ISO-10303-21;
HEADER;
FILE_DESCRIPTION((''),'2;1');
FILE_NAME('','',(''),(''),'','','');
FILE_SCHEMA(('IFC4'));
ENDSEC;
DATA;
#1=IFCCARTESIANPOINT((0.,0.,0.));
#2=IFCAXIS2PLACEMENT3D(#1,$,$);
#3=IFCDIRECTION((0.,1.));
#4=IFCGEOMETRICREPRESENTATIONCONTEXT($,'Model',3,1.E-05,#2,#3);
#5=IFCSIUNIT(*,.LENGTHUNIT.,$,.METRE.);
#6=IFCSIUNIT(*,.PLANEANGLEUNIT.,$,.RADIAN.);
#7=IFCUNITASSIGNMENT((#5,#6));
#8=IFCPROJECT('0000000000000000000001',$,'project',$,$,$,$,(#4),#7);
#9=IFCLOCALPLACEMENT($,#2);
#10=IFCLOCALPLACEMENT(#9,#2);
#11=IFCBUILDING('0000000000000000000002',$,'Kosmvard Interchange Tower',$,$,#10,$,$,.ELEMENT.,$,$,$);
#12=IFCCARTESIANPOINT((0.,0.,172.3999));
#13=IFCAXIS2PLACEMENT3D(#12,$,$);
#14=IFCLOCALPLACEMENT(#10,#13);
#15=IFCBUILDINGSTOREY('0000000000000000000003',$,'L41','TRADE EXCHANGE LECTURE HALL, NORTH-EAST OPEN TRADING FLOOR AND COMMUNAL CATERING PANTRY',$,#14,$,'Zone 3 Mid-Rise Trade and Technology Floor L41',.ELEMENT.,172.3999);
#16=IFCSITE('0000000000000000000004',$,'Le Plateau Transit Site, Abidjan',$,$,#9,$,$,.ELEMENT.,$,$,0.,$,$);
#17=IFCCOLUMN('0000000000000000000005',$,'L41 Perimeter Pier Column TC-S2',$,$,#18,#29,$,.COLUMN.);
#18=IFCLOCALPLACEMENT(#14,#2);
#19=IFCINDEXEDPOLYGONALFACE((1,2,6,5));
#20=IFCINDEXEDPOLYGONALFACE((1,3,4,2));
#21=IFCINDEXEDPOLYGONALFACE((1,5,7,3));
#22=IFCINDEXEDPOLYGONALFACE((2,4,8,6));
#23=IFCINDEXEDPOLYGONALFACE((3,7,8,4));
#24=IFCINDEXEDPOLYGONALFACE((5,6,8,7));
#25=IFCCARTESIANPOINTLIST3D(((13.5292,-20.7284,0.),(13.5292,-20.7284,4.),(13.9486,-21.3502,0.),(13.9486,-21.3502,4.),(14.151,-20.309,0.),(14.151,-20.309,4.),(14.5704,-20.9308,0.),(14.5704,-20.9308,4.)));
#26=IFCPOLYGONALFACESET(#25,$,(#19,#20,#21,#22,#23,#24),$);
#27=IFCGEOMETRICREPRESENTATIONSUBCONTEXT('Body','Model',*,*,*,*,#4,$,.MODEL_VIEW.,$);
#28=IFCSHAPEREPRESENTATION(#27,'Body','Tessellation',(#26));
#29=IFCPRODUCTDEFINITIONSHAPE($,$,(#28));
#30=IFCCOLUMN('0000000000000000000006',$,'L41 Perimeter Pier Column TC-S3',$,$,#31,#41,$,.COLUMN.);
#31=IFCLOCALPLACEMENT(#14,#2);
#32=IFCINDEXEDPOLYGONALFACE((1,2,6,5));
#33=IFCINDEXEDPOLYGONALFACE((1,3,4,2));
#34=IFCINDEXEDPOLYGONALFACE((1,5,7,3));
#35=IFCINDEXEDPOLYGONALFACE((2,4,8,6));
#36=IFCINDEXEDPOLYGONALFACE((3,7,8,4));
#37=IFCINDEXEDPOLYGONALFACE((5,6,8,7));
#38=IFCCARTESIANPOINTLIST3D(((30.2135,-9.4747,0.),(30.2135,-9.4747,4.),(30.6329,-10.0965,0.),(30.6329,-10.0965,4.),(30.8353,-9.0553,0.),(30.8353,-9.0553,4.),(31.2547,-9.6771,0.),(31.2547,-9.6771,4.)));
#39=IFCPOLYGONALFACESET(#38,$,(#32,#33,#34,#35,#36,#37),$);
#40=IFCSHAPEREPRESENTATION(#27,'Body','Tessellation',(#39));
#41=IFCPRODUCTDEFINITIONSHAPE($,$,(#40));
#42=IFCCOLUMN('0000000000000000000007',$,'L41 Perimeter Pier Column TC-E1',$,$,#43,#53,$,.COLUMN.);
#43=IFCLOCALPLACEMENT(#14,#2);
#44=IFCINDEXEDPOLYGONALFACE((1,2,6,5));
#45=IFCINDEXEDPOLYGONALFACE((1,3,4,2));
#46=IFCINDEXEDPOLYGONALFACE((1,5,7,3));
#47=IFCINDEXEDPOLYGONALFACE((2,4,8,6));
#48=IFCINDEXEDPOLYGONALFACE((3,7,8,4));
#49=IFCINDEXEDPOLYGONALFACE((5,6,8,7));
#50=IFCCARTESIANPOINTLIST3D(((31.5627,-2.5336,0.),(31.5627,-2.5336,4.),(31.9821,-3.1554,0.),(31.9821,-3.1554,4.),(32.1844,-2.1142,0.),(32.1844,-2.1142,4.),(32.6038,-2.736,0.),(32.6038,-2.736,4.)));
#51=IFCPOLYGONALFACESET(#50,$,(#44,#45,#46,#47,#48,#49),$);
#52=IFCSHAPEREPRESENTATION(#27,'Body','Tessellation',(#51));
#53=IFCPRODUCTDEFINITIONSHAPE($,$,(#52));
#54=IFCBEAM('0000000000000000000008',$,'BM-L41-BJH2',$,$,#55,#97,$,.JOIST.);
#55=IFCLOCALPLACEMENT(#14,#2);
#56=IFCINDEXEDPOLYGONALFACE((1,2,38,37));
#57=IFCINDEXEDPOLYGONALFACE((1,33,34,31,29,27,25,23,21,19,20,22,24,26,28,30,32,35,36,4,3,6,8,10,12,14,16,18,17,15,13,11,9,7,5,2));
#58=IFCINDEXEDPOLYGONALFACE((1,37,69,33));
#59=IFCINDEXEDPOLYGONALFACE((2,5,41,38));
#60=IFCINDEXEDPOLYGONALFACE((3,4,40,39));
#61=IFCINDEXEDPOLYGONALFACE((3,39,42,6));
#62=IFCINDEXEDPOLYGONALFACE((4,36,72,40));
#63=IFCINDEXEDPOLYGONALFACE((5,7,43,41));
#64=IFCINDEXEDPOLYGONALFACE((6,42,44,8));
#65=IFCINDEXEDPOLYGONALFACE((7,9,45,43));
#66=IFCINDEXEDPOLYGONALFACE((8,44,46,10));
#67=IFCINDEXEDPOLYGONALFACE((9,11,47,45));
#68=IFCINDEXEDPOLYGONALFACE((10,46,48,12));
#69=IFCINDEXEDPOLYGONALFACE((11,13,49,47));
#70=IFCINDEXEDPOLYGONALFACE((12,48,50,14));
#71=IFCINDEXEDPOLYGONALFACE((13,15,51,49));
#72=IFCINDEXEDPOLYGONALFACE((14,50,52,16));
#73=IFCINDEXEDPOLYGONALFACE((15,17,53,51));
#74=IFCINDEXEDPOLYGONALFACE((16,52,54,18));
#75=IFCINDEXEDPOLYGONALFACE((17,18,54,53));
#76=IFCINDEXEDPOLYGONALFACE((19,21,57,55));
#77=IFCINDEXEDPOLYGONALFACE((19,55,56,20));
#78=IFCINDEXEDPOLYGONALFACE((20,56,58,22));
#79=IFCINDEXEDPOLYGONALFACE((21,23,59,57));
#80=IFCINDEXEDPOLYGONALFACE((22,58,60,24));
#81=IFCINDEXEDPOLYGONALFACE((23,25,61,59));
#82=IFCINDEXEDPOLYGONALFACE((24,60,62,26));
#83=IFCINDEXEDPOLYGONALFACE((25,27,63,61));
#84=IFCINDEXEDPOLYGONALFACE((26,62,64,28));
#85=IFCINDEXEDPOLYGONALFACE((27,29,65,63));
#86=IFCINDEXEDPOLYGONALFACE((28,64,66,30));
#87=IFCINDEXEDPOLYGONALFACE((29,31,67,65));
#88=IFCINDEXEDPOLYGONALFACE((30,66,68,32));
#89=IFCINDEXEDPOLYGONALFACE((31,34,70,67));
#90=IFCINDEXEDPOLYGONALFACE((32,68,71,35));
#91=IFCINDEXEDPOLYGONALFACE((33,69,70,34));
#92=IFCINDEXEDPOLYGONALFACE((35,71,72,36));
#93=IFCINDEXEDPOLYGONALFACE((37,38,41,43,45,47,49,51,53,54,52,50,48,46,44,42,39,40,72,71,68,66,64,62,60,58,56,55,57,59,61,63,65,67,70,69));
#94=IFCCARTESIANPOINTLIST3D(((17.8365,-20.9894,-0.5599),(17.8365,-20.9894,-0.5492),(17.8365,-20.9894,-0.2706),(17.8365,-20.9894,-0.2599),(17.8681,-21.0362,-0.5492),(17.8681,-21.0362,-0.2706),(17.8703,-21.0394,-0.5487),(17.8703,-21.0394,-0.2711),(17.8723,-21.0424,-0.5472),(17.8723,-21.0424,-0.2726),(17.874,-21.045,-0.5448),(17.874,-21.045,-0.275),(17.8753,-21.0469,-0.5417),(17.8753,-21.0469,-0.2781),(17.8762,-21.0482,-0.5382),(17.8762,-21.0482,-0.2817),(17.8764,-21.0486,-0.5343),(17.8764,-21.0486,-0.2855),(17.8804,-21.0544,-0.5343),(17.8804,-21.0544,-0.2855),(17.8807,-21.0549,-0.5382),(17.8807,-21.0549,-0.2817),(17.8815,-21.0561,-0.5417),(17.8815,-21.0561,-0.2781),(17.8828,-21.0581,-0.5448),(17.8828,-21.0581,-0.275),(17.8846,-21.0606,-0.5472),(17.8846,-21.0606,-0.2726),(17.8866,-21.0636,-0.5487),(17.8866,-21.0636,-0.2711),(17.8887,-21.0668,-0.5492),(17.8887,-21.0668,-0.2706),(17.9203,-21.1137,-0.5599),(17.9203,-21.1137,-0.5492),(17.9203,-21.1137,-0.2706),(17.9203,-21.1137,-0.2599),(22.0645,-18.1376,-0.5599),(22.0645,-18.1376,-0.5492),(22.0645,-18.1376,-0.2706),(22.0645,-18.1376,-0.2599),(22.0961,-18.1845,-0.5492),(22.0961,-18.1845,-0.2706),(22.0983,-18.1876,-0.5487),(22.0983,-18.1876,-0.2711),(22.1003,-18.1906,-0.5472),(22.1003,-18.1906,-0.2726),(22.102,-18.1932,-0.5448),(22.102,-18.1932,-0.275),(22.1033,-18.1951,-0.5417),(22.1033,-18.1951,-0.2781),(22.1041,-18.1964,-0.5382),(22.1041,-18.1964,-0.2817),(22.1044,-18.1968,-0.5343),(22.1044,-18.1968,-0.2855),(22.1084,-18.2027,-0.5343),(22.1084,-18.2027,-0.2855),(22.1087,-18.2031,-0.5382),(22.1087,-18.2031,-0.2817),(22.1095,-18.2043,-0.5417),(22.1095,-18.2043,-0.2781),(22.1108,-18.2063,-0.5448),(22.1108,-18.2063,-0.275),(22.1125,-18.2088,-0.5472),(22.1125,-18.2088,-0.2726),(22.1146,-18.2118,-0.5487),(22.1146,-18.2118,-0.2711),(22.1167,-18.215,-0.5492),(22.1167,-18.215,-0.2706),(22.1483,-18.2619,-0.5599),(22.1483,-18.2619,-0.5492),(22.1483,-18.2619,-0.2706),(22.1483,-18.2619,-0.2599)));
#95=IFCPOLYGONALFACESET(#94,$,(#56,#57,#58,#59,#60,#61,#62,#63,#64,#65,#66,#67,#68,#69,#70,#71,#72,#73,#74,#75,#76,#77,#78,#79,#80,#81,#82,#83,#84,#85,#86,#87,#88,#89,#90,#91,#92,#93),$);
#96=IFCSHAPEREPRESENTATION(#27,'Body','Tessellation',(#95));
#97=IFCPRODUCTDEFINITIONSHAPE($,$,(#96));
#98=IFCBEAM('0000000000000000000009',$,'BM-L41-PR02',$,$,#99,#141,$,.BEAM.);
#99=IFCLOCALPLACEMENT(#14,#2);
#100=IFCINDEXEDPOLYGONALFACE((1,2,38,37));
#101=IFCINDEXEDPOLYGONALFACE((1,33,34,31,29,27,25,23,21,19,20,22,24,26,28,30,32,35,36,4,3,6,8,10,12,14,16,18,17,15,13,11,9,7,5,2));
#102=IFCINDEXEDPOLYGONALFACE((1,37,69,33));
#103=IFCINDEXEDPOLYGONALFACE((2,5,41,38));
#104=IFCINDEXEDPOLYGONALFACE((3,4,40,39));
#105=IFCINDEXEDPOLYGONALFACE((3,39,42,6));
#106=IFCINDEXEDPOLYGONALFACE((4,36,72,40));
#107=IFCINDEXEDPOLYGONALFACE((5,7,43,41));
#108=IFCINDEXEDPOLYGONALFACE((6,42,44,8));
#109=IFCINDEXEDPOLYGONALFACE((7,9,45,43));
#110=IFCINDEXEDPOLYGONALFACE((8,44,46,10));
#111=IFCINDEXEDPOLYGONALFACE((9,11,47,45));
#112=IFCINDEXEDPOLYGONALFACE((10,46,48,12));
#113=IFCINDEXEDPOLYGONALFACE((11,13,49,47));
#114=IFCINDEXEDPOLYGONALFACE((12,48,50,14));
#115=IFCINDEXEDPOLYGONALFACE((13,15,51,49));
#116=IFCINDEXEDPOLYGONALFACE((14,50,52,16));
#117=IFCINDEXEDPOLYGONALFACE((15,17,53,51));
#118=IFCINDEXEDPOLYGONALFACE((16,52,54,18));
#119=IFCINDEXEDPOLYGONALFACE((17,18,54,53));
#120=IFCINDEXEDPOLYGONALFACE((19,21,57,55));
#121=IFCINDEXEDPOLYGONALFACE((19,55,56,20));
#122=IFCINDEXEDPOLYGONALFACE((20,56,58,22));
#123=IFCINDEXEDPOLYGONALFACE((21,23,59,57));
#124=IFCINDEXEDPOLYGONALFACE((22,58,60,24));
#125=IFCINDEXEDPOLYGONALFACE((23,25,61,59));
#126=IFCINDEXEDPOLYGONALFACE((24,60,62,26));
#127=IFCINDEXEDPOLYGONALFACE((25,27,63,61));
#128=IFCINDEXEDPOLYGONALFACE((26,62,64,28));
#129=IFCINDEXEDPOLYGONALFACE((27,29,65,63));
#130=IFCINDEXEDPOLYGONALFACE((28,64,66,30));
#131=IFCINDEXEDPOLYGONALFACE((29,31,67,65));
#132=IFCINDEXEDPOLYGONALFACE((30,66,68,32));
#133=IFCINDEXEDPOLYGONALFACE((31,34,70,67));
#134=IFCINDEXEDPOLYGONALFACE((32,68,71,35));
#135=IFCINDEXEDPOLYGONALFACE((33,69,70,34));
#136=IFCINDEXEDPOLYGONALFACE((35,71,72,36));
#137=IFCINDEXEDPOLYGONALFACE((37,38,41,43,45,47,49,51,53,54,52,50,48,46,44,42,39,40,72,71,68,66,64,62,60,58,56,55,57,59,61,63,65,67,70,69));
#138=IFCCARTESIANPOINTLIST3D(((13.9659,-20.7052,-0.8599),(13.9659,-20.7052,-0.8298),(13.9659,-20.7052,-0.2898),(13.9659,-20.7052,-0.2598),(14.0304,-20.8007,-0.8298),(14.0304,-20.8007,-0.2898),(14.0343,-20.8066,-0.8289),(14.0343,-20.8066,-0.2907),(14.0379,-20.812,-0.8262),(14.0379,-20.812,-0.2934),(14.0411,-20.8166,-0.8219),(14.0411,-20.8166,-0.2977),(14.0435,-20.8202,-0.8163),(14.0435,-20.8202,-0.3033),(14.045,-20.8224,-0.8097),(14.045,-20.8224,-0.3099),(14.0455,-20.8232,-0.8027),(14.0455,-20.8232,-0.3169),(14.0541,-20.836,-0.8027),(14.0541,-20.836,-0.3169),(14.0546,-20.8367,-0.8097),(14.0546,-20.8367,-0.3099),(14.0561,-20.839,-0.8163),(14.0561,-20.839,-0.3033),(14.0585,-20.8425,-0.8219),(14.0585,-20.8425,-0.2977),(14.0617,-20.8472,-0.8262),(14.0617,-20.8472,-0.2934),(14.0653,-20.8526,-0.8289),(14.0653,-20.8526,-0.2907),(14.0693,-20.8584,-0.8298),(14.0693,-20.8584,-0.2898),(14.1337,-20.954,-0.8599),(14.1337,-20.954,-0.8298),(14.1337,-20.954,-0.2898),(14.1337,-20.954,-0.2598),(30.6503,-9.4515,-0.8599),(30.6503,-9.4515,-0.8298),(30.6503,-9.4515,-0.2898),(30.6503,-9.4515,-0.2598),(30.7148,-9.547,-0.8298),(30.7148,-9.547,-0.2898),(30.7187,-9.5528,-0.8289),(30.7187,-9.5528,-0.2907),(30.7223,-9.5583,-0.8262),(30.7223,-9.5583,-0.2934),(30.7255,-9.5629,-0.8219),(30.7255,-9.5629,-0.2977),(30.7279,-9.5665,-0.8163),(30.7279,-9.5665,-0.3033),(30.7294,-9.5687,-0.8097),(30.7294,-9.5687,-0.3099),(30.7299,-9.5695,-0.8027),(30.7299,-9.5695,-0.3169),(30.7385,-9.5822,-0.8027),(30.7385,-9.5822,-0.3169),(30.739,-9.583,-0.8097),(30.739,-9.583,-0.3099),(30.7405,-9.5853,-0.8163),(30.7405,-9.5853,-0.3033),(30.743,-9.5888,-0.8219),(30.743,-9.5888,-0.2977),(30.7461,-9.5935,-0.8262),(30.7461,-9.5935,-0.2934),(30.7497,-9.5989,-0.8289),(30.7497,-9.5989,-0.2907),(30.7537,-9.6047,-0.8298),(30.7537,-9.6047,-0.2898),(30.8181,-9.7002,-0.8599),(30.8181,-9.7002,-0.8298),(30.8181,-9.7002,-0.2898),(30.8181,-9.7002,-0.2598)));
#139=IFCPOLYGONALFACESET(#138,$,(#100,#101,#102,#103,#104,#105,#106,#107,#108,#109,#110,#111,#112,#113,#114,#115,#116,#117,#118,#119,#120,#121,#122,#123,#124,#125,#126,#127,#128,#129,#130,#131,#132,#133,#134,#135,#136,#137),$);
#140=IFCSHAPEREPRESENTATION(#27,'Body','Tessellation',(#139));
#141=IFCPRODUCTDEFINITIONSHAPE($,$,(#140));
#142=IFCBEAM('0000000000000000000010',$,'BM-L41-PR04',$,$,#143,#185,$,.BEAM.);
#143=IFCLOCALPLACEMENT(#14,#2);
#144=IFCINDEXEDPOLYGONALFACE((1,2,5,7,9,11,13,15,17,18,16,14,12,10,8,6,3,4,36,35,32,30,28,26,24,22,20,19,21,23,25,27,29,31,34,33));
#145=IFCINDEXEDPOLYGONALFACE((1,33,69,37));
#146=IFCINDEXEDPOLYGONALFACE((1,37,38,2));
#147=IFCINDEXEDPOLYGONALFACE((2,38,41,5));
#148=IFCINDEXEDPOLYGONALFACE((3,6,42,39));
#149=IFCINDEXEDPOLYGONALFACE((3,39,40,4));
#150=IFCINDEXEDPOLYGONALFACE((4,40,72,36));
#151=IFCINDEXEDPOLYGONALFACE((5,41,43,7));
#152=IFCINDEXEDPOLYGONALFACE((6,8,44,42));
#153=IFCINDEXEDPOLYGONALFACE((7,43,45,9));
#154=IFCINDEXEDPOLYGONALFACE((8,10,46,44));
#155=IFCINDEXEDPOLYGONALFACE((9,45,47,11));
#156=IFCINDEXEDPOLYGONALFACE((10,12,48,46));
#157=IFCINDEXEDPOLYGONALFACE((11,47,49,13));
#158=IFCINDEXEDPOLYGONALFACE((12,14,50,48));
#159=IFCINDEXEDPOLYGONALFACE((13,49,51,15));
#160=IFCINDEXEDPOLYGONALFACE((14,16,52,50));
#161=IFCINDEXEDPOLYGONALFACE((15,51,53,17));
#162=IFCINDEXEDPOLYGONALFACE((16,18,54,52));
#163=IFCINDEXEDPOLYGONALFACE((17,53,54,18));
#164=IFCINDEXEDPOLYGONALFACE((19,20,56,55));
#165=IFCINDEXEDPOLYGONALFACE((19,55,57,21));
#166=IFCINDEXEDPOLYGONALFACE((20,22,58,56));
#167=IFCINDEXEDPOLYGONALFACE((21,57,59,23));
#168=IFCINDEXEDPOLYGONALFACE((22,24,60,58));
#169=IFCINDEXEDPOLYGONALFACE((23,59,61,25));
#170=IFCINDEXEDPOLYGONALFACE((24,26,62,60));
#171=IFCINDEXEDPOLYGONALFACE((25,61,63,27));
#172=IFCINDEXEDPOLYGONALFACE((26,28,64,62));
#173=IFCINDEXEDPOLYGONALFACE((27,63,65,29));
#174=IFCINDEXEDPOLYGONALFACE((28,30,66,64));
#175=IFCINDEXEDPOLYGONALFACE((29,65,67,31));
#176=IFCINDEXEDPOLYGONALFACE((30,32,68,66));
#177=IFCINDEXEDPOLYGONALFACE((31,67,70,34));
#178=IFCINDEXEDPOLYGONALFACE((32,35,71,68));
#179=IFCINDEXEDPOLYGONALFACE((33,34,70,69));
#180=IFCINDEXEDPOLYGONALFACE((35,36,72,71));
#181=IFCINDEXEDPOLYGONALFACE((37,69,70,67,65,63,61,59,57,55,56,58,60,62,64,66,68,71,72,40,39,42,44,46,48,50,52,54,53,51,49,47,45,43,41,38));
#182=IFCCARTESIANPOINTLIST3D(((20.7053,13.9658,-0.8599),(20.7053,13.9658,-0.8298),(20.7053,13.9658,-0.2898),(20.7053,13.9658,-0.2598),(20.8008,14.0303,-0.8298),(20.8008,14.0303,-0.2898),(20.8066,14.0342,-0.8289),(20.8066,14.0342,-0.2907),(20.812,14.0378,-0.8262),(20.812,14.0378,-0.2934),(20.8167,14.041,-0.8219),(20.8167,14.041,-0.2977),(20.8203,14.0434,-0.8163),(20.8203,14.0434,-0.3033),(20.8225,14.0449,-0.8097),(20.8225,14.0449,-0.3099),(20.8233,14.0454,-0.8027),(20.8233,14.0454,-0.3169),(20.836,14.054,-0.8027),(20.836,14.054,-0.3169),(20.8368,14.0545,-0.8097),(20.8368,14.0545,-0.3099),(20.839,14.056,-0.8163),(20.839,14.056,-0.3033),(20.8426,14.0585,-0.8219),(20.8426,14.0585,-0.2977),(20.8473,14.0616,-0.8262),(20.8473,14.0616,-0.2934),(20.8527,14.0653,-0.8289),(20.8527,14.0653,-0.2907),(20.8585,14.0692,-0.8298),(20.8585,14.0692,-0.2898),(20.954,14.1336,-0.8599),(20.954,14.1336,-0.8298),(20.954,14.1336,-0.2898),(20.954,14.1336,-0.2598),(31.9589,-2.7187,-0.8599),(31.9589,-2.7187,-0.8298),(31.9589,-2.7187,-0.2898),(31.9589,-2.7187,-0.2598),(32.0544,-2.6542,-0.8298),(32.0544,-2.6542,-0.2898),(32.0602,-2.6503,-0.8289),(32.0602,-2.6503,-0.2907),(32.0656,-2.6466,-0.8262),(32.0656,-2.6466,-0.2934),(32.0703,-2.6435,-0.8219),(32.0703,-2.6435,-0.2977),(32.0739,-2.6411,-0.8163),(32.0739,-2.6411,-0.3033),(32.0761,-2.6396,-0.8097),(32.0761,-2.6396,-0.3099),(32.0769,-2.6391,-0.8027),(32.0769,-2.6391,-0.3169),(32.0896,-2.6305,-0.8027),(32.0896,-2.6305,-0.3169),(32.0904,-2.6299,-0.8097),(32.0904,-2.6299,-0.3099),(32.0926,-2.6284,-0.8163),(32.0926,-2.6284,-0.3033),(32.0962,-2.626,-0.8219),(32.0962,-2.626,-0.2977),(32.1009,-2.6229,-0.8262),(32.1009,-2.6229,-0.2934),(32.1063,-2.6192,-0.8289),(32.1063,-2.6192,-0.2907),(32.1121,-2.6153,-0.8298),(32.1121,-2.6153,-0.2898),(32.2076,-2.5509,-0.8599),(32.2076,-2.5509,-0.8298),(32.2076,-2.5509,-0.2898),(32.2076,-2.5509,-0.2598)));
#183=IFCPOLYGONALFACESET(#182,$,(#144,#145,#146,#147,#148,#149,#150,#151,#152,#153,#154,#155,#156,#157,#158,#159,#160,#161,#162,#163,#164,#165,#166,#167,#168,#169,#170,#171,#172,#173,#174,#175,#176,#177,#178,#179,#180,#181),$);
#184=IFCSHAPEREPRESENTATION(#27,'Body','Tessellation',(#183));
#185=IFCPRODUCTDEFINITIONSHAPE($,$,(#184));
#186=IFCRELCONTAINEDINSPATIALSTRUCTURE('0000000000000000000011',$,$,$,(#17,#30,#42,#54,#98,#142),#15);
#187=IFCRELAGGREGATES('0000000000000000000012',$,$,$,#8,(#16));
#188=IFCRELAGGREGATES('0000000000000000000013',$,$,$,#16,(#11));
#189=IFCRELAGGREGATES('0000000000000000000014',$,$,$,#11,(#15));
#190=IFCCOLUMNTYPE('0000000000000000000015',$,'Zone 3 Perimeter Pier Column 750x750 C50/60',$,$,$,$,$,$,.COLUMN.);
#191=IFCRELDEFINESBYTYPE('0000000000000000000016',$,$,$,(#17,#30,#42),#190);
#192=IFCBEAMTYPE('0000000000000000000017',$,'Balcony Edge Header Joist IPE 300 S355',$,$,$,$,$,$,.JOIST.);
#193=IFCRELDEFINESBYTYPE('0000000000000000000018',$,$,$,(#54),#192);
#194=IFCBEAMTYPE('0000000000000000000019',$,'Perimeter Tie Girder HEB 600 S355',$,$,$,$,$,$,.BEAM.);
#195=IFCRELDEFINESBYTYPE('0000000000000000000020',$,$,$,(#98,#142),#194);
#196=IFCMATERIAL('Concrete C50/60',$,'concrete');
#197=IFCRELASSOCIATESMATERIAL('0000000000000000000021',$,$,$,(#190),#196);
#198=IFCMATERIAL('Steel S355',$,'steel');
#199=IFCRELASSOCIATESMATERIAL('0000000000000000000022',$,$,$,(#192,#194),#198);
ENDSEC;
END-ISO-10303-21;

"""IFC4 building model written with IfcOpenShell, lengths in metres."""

from ifc_helpers import new_model, si_unit, direction, frame, origin, origin_2d, place, context, subcontext, project, spatial, rectangle, i_section, extrude, source, transform, mapped, material, material_profile, profile_set, type_object, element, save


model = new_model("IFC4")

# Units and contexts
model_context = context("Model", 3, precision=1e-05, world=origin(), true_north=direction((0.0, 1.0)))
body_context = subcontext(model_context, "Body", "Model", "MODEL_VIEW")
ifc_project = project(units=[si_unit("LENGTHUNIT", "METRE"), si_unit("PLANEANGLEUNIT", "RADIAN")], contexts=[model_context])

# Site, building, storey
site_placement = place(None, origin())
site = spatial("IfcSite", under=ifc_project, at=site_placement, Name="Le Plateau Transit Site, Abidjan", CompositionType="ELEMENT", RefElevation=0.0)
building_placement = place(site_placement, origin())
building = spatial("IfcBuilding", under=site, at=building_placement, Name="Kosmvard Interchange Tower", CompositionType="ELEMENT")
storey_placement = place(building_placement, frame((0.0, 0.0, 172.3999)))
storey = spatial("IfcBuildingStorey", under=building, at=storey_placement, Name="L41", Description="TRADE EXCHANGE LECTURE HALL, NORTH-EAST OPEN TRADING FLOOR AND COMMUNAL CATERING PANTRY", LongName="Zone 3 Mid-Rise Trade and Technology Floor L41", CompositionType="ELEMENT", Elevation=172.3999)

# Columns
ifc_material_1 = material(Name="Concrete C50/60", Category="concrete")
ifc_material_profile_1 = material_profile(ifc_material_1, rectangle(XDim=0.75, YDim=0.75, at=origin_2d()), Name="TC 750x750")
ifc_profile_set_1 = profile_set([ifc_material_profile_1], Name="Concrete C50/60")
column_type = type_object("IfcColumnType", Name="Zone 3 Perimeter Pier Column 750x750 C50/60", PredefinedType="COLUMN", material=ifc_profile_set_1)
shared_shape_1 = source(origin(), body_context, "Body", "SweptSolid", [
    extrude(rectangle(XDim=0.75, YDim=0.75, at=origin_2d()), origin(), (0.0, 0.0, 1.0), 4.0),
])
for number, where, z_axis, x_axis, name in (
    (1, (14.0498, -20.8296, 0.0), (0.0, 0.0, 1.0), (0.829038, 0.559193, 0.0), "L41 Perimeter Pier Column TC-S2"),
    (2, (30.7341, -9.5759, 0.0), (0.0, 0.0, 1.0), (0.829038, 0.559193, 0.0), "L41 Perimeter Pier Column TC-S3"),
    (3, (32.0833, -2.6348, 0.0), (0.0, 0.0, 1.0), (0.829038, 0.559193, 0.0), "L41 Perimeter Pier Column TC-E1"),
):
    element("IfcColumn", number, at=place(storey_placement, frame(where, z_axis=z_axis, x_axis=x_axis)), inside=storey, type_object=column_type, Name=name, PredefinedType="COLUMN", context=body_context, shape_type="MappedRepresentation", body=[
        mapped(shared_shape_1, transform((0.0, 0.0, 0.0), scale=1.0)),
    ])

# Beams
ifc_material_2 = material(Name="Steel S355", Category="steel")
ifc_material_profile_2 = material_profile(ifc_material_2, i_section(OverallWidth=0.1499, OverallDepth=0.3, WebThickness=0.0071, FlangeThickness=0.0107, FilletRadius=0.0149, at=origin_2d()), Name="IPE 300")
ifc_profile_set_2 = profile_set([ifc_material_profile_2], Name="Steel S355")
beam_type_1 = type_object("IfcBeamType", Name="Balcony Edge Header Joist IPE 300 S355", PredefinedType="JOIST", material=ifc_profile_set_2)
shared_shape_2 = source(origin(), body_context, "Body", "SweptSolid", [
    extrude(i_section(OverallWidth=0.1499, OverallDepth=0.3, WebThickness=0.0071, FlangeThickness=0.0107, FilletRadius=0.0149, at=origin_2d()), origin(), (0.0, 0.0, 1.0), 5.0999),
])
beam_1_placement = place(storey_placement, frame((17.8784, -21.0515, -0.4099), z_axis=(0.829041, 0.559188, 0.0), x_axis=(-0.559188, 0.829041, 0.0)))
element("IfcBeam", 4, at=beam_1_placement, inside=storey, type_object=beam_type_1, Name="BM-L41-BJH2", PredefinedType="JOIST", context=body_context, shape_type="MappedRepresentation", body=[
    mapped(shared_shape_2, transform((0.0, 0.0, 0.0), scale=1.0)),
])
ifc_material_profile_3 = material_profile(ifc_material_2, i_section(OverallWidth=0.3, OverallDepth=0.6001, WebThickness=0.0154, FlangeThickness=0.03, FilletRadius=0.0271, at=origin_2d()), Name="HEB 600")
ifc_profile_set_3 = profile_set([ifc_material_profile_3], Name="Steel S355")
beam_type_2 = type_object("IfcBeamType", Name="Perimeter Tie Girder HEB 600 S355", PredefinedType="BEAM", material=ifc_profile_set_3)
shared_shape_3 = source(origin(), body_context, "Body", "SweptSolid", [
    extrude(i_section(OverallWidth=0.3, OverallDepth=0.6001, WebThickness=0.0154, FlangeThickness=0.03, FilletRadius=0.0271, at=origin_2d()), origin(), (0.0, 0.0, 1.0), 20.125),
])
for number, where, z_axis, x_axis, name in (
    (5, (14.0498, -20.8296, -0.5598), (0.829039, 0.559191, 0.0), (-0.559191, 0.829039, 0.0), "BM-L41-PR02"),
    (6, (32.0833, -2.6348, -0.5598), (-0.559185, 0.829043, 0.0), (-0.829043, -0.559185, 0.0), "BM-L41-PR04"),
):
    element("IfcBeam", number, at=place(storey_placement, frame(where, z_axis=z_axis, x_axis=x_axis)), inside=storey, type_object=beam_type_2, Name=name, PredefinedType="BEAM", context=body_context, shape_type="MappedRepresentation", body=[
        mapped(shared_shape_3, transform((0.0, 0.0, 0.0), scale=1.0)),
    ])

save(model, "model.ifc")
